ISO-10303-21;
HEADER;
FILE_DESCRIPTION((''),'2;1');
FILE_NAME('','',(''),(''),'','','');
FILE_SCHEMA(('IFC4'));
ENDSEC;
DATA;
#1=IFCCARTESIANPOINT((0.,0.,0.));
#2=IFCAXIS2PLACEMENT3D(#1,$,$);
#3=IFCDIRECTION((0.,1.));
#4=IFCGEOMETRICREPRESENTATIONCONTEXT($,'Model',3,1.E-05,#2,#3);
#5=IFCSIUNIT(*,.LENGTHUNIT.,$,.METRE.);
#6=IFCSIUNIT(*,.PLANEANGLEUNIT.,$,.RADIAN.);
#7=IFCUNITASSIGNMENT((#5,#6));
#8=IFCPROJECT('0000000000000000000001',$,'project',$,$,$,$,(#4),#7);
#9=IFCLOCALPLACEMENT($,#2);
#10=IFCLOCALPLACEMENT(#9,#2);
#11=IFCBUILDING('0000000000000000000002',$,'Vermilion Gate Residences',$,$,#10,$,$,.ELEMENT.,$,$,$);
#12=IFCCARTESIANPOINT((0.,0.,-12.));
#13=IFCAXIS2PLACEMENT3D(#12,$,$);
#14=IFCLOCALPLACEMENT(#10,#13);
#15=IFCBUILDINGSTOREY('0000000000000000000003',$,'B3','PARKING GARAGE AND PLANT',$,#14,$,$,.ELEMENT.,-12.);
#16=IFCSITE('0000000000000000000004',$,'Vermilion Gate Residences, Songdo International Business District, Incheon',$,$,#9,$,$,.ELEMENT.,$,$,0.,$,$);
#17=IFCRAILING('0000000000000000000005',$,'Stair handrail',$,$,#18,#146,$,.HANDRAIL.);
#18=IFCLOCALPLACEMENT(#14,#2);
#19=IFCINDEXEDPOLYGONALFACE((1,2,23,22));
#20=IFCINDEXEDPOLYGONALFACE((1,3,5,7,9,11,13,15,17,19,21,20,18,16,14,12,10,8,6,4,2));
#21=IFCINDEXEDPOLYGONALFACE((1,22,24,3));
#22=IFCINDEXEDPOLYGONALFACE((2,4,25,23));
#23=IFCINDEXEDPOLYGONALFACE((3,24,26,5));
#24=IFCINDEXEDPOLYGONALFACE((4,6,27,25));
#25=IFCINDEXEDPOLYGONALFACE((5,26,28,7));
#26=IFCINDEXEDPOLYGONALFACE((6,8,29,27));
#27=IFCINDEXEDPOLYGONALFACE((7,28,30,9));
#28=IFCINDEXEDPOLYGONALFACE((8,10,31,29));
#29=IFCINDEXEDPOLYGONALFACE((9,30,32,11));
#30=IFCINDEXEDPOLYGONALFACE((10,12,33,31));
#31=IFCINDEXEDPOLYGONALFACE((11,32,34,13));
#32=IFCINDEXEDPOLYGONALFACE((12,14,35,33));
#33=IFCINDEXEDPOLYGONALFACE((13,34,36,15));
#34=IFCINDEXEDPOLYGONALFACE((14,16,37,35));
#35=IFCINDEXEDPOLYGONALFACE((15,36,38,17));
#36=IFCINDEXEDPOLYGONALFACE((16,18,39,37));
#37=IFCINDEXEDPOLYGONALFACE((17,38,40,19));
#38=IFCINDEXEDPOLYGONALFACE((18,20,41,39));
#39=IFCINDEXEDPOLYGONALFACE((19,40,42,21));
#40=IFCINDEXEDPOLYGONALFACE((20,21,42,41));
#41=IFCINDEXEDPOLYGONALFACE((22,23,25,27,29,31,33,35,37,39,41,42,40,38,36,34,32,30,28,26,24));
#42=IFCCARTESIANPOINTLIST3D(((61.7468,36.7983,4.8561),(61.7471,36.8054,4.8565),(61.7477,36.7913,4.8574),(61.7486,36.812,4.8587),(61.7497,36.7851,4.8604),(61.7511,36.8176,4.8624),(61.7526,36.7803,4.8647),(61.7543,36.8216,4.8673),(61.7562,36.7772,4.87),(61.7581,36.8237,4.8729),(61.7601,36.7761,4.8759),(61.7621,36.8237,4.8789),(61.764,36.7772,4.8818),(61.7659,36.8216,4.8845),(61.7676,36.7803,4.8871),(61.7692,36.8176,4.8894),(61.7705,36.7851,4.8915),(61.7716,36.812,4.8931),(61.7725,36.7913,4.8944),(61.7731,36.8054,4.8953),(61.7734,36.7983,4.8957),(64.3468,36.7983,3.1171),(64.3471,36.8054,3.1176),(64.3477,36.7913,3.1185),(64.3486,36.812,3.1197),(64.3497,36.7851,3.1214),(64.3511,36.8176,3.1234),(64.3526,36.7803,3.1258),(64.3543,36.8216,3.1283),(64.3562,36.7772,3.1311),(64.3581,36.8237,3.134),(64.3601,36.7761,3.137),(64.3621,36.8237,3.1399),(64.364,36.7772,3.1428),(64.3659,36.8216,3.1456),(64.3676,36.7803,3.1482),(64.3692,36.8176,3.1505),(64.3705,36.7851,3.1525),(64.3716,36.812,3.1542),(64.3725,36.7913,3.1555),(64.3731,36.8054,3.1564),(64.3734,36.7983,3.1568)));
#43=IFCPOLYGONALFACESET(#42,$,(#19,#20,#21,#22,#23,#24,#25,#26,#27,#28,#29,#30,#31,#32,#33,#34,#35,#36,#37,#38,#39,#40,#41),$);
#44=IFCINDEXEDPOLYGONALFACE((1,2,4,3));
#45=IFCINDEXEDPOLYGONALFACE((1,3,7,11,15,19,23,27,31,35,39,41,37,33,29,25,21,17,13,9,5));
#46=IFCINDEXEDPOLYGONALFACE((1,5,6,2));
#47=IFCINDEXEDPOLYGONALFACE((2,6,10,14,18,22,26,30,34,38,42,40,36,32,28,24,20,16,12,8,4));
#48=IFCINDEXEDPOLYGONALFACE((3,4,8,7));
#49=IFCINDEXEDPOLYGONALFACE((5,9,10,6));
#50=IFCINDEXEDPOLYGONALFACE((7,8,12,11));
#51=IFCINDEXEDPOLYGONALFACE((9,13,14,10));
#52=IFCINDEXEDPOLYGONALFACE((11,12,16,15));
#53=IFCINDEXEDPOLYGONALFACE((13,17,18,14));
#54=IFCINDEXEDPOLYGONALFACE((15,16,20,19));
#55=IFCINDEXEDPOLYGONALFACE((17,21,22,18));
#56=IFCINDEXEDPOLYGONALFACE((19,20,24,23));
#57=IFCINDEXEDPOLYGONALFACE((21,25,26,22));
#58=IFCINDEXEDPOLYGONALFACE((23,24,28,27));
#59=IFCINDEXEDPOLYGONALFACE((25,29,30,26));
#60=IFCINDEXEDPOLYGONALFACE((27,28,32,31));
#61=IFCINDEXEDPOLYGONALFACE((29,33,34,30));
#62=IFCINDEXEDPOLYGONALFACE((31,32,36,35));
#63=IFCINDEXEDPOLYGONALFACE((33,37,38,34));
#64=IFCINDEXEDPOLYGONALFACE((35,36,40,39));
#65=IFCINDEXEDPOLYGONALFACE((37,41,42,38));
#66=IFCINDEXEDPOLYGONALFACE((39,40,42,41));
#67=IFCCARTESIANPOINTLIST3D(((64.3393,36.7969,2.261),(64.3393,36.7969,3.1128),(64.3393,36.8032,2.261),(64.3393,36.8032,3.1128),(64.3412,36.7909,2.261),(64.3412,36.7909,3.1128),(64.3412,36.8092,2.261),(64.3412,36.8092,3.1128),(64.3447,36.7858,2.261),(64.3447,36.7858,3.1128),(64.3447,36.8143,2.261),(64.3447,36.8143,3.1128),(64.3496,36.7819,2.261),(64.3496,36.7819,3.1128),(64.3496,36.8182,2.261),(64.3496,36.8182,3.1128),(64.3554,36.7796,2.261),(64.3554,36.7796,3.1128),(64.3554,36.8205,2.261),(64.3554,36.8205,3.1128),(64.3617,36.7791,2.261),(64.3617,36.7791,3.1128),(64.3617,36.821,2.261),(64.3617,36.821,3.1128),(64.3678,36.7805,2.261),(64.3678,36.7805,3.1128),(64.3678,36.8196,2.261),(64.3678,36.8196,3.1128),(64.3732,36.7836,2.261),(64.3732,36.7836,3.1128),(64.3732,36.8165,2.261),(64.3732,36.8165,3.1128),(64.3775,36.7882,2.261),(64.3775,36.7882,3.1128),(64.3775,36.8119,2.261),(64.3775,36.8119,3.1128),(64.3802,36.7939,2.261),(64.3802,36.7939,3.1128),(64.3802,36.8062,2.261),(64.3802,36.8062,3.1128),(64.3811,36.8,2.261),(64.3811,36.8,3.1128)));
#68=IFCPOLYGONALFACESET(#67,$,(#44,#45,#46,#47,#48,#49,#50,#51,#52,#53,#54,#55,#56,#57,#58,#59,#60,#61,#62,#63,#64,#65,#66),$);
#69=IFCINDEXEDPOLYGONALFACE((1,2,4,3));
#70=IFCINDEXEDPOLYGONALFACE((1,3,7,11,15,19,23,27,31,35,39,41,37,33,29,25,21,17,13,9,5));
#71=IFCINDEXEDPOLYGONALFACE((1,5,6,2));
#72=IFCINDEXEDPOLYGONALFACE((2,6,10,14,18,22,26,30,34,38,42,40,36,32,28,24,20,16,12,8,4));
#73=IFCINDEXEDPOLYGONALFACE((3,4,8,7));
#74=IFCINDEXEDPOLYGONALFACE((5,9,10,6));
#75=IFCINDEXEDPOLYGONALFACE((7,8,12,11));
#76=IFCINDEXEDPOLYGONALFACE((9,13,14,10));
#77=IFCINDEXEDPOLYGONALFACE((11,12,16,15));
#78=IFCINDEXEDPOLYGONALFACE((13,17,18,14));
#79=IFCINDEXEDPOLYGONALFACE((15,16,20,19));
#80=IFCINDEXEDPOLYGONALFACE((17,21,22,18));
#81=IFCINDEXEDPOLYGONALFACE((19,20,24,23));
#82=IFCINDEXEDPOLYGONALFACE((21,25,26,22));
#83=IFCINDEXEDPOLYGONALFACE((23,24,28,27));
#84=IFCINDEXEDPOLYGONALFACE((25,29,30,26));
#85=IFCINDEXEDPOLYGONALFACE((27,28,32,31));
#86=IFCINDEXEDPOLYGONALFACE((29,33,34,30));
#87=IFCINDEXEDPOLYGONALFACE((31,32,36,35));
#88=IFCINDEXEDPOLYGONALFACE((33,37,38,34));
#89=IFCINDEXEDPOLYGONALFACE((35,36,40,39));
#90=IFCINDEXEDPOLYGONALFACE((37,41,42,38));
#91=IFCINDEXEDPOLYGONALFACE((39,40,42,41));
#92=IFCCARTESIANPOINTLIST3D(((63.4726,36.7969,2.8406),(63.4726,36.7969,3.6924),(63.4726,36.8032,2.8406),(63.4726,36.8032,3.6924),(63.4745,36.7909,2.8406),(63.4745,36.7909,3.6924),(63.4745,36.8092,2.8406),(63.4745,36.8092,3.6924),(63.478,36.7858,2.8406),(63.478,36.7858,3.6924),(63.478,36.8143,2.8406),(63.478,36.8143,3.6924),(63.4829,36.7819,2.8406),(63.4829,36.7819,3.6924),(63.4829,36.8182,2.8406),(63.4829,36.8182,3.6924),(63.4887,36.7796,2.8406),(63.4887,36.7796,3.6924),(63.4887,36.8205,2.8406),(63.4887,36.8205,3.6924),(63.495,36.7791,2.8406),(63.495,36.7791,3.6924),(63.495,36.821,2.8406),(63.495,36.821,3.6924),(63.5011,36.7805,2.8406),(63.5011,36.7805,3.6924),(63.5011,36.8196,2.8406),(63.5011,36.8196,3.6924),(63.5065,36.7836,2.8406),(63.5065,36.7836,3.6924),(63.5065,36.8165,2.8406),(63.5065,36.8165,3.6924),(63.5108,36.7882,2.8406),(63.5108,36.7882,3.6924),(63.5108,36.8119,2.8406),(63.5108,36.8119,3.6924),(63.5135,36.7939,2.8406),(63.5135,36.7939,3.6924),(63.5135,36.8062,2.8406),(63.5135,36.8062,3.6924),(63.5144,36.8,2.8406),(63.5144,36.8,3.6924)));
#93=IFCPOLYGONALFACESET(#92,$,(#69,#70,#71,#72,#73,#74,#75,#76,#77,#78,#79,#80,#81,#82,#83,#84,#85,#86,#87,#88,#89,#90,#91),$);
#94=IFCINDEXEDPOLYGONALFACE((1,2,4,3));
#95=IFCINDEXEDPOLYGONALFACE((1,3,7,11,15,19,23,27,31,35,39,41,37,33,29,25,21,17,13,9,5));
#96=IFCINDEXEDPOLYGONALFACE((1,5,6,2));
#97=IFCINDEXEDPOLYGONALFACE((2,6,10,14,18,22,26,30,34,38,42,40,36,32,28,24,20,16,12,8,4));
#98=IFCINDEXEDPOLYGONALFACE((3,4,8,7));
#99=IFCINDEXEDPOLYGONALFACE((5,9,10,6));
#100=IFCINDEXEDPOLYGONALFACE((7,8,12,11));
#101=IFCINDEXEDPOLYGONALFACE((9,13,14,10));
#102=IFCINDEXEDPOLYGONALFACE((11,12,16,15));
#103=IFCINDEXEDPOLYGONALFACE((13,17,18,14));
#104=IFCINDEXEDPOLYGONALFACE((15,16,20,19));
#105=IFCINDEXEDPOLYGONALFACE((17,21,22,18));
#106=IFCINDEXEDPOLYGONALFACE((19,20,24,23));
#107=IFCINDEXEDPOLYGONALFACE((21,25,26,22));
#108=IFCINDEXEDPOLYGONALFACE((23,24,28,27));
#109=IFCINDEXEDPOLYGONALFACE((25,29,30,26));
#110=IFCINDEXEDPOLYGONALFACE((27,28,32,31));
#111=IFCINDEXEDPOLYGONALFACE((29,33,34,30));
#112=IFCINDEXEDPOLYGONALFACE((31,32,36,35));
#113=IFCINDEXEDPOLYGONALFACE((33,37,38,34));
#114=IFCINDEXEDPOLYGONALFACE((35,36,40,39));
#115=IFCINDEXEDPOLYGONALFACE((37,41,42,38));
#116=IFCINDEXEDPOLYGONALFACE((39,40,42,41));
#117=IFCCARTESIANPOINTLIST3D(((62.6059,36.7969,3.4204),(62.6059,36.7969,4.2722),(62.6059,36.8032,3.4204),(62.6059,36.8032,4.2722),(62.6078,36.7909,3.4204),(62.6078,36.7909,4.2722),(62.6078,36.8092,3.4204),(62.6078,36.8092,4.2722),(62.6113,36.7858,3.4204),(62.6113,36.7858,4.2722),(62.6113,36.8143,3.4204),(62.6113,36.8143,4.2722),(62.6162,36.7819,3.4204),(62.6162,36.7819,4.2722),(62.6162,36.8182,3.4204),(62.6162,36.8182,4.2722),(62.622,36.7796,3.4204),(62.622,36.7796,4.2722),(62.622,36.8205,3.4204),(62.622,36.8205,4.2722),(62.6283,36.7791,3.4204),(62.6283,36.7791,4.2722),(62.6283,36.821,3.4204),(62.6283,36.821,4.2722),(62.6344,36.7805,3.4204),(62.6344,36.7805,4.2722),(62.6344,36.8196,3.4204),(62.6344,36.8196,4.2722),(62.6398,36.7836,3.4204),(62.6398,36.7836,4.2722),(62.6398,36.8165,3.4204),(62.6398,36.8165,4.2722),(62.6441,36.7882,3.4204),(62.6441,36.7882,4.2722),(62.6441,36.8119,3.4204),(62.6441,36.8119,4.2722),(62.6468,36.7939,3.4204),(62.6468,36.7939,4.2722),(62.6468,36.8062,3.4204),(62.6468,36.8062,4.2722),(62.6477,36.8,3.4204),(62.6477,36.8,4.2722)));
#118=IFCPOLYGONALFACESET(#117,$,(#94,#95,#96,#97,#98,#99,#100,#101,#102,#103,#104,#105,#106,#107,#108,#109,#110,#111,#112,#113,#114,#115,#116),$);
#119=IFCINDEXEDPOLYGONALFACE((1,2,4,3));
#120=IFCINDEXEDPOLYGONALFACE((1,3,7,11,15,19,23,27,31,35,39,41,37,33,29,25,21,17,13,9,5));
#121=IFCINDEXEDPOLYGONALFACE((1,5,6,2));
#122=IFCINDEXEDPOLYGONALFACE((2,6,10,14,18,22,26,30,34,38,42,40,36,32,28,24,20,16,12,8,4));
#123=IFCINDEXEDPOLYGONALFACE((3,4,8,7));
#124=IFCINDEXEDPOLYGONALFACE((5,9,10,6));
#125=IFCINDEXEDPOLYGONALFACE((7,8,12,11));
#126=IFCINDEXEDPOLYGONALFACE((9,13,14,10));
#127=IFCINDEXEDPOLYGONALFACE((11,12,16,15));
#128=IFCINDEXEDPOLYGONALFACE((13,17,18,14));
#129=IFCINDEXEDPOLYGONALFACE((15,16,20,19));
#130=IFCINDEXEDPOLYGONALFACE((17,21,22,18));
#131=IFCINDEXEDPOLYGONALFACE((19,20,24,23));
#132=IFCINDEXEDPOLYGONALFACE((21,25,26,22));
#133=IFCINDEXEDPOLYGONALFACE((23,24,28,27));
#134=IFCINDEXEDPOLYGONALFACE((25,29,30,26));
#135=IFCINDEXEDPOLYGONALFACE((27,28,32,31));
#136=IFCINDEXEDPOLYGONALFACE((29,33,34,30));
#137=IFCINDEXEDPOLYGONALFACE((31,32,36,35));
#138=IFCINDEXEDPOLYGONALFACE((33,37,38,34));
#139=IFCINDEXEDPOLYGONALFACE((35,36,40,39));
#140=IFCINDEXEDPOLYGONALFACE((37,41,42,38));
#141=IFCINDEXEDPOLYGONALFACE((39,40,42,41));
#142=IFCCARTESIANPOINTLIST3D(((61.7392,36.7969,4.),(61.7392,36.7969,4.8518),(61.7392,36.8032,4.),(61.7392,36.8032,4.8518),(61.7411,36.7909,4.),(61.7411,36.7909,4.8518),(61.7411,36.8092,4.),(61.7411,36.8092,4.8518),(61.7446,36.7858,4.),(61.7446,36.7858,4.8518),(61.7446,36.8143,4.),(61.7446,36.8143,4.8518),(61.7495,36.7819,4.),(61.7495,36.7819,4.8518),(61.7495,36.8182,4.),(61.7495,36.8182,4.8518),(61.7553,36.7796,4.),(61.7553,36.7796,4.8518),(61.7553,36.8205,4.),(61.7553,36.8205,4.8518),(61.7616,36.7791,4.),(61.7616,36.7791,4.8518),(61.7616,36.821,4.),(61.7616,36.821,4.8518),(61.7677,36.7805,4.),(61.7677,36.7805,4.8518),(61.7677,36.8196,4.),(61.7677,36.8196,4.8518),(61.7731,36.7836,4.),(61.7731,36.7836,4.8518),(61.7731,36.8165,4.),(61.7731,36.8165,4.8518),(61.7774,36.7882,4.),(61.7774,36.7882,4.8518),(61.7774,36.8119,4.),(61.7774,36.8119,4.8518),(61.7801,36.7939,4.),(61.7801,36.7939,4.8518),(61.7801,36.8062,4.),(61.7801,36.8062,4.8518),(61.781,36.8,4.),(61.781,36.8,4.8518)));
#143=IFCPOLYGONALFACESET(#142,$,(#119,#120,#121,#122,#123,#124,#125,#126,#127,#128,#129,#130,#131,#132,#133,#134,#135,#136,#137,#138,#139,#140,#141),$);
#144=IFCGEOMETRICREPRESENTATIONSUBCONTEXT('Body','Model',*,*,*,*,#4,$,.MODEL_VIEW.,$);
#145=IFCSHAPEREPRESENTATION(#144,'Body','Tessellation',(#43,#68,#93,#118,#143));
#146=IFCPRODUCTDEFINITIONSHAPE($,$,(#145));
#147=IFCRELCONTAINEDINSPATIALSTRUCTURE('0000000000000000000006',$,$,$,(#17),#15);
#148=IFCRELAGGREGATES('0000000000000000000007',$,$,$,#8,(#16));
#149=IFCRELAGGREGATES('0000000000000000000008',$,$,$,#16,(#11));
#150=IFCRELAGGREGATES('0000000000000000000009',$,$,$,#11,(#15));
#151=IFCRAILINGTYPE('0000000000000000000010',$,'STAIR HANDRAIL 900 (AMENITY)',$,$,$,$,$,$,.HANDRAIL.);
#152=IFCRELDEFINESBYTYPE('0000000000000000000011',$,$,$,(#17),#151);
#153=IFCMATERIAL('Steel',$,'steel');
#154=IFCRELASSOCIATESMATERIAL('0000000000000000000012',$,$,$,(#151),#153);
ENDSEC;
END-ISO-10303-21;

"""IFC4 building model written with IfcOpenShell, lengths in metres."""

from ifc_helpers import new_model, si_unit, direction, frame, origin, origin_2d, place, context, subcontext, project, spatial, circle, extrude, material, type_object, element, save


model = new_model("IFC4")

# Units and contexts
model_context = context("Model", 3, precision=1e-05, world=origin(), true_north=direction((0.0, 1.0)))
body_context = subcontext(model_context, "Body", "Model", "MODEL_VIEW")
ifc_project = project(units=[si_unit("LENGTHUNIT", "METRE"), si_unit("PLANEANGLEUNIT", "RADIAN")], contexts=[model_context])

# Site, building, storey
site_placement = place(None, origin())
site = spatial("IfcSite", under=ifc_project, at=site_placement, Name="Vermilion Gate Residences, Songdo International Business District, Incheon", CompositionType="ELEMENT", RefElevation=0.0)
building_placement = place(site_placement, origin())
building = spatial("IfcBuilding", under=site, at=building_placement, Name="Vermilion Gate Residences", CompositionType="ELEMENT")
storey_placement = place(building_placement, frame((0.0, 0.0, -12.0)))
storey = spatial("IfcBuildingStorey", under=building, at=storey_placement, Name="B3", Description="PARKING GARAGE AND PLANT", CompositionType="ELEMENT", Elevation=-12.0)

# Railing
ifc_material_1 = material(Name="Steel", Category="steel")
railing_type = type_object("IfcRailingType", Name="STAIR HANDRAIL 900 (AMENITY)", PredefinedType="HANDRAIL", material=ifc_material_1)
railing_1_placement = place(storey_placement, frame((64.3601, 36.8, 2.261)))
element("IfcRailing", 1, at=railing_1_placement, inside=storey, type_object=railing_type, Name="Stair handrail", PredefinedType="HANDRAIL", context=body_context, shape_type="SweptSolid", body=[
    extrude(circle(Radius=0.0239, at=origin_2d()), frame((0.0, 0.0, 0.876), z_axis=(-0.831221, 0.0, 0.555942), x_axis=(0.0, -1.0, 0.0)), (0.0, 0.0, 1.0), 3.1279),
    extrude(circle(Radius=0.021, at=origin_2d()), origin(), (0.0, 0.0, 1.0), 0.8518),
    extrude(circle(Radius=0.021, at=origin_2d()), frame((-0.8667, 0.0, 0.5796)), (0.0, 0.0, 1.0), 0.8518),
    extrude(circle(Radius=0.021, at=origin_2d()), frame((-1.7334, 0.0, 1.1594)), (0.0, 0.0, 1.0), 0.8518),
    extrude(circle(Radius=0.021, at=origin_2d()), frame((-2.6001, 0.0, 1.739)), (0.0, 0.0, 1.0), 0.8518),
])

save(model, "model.ifc")
